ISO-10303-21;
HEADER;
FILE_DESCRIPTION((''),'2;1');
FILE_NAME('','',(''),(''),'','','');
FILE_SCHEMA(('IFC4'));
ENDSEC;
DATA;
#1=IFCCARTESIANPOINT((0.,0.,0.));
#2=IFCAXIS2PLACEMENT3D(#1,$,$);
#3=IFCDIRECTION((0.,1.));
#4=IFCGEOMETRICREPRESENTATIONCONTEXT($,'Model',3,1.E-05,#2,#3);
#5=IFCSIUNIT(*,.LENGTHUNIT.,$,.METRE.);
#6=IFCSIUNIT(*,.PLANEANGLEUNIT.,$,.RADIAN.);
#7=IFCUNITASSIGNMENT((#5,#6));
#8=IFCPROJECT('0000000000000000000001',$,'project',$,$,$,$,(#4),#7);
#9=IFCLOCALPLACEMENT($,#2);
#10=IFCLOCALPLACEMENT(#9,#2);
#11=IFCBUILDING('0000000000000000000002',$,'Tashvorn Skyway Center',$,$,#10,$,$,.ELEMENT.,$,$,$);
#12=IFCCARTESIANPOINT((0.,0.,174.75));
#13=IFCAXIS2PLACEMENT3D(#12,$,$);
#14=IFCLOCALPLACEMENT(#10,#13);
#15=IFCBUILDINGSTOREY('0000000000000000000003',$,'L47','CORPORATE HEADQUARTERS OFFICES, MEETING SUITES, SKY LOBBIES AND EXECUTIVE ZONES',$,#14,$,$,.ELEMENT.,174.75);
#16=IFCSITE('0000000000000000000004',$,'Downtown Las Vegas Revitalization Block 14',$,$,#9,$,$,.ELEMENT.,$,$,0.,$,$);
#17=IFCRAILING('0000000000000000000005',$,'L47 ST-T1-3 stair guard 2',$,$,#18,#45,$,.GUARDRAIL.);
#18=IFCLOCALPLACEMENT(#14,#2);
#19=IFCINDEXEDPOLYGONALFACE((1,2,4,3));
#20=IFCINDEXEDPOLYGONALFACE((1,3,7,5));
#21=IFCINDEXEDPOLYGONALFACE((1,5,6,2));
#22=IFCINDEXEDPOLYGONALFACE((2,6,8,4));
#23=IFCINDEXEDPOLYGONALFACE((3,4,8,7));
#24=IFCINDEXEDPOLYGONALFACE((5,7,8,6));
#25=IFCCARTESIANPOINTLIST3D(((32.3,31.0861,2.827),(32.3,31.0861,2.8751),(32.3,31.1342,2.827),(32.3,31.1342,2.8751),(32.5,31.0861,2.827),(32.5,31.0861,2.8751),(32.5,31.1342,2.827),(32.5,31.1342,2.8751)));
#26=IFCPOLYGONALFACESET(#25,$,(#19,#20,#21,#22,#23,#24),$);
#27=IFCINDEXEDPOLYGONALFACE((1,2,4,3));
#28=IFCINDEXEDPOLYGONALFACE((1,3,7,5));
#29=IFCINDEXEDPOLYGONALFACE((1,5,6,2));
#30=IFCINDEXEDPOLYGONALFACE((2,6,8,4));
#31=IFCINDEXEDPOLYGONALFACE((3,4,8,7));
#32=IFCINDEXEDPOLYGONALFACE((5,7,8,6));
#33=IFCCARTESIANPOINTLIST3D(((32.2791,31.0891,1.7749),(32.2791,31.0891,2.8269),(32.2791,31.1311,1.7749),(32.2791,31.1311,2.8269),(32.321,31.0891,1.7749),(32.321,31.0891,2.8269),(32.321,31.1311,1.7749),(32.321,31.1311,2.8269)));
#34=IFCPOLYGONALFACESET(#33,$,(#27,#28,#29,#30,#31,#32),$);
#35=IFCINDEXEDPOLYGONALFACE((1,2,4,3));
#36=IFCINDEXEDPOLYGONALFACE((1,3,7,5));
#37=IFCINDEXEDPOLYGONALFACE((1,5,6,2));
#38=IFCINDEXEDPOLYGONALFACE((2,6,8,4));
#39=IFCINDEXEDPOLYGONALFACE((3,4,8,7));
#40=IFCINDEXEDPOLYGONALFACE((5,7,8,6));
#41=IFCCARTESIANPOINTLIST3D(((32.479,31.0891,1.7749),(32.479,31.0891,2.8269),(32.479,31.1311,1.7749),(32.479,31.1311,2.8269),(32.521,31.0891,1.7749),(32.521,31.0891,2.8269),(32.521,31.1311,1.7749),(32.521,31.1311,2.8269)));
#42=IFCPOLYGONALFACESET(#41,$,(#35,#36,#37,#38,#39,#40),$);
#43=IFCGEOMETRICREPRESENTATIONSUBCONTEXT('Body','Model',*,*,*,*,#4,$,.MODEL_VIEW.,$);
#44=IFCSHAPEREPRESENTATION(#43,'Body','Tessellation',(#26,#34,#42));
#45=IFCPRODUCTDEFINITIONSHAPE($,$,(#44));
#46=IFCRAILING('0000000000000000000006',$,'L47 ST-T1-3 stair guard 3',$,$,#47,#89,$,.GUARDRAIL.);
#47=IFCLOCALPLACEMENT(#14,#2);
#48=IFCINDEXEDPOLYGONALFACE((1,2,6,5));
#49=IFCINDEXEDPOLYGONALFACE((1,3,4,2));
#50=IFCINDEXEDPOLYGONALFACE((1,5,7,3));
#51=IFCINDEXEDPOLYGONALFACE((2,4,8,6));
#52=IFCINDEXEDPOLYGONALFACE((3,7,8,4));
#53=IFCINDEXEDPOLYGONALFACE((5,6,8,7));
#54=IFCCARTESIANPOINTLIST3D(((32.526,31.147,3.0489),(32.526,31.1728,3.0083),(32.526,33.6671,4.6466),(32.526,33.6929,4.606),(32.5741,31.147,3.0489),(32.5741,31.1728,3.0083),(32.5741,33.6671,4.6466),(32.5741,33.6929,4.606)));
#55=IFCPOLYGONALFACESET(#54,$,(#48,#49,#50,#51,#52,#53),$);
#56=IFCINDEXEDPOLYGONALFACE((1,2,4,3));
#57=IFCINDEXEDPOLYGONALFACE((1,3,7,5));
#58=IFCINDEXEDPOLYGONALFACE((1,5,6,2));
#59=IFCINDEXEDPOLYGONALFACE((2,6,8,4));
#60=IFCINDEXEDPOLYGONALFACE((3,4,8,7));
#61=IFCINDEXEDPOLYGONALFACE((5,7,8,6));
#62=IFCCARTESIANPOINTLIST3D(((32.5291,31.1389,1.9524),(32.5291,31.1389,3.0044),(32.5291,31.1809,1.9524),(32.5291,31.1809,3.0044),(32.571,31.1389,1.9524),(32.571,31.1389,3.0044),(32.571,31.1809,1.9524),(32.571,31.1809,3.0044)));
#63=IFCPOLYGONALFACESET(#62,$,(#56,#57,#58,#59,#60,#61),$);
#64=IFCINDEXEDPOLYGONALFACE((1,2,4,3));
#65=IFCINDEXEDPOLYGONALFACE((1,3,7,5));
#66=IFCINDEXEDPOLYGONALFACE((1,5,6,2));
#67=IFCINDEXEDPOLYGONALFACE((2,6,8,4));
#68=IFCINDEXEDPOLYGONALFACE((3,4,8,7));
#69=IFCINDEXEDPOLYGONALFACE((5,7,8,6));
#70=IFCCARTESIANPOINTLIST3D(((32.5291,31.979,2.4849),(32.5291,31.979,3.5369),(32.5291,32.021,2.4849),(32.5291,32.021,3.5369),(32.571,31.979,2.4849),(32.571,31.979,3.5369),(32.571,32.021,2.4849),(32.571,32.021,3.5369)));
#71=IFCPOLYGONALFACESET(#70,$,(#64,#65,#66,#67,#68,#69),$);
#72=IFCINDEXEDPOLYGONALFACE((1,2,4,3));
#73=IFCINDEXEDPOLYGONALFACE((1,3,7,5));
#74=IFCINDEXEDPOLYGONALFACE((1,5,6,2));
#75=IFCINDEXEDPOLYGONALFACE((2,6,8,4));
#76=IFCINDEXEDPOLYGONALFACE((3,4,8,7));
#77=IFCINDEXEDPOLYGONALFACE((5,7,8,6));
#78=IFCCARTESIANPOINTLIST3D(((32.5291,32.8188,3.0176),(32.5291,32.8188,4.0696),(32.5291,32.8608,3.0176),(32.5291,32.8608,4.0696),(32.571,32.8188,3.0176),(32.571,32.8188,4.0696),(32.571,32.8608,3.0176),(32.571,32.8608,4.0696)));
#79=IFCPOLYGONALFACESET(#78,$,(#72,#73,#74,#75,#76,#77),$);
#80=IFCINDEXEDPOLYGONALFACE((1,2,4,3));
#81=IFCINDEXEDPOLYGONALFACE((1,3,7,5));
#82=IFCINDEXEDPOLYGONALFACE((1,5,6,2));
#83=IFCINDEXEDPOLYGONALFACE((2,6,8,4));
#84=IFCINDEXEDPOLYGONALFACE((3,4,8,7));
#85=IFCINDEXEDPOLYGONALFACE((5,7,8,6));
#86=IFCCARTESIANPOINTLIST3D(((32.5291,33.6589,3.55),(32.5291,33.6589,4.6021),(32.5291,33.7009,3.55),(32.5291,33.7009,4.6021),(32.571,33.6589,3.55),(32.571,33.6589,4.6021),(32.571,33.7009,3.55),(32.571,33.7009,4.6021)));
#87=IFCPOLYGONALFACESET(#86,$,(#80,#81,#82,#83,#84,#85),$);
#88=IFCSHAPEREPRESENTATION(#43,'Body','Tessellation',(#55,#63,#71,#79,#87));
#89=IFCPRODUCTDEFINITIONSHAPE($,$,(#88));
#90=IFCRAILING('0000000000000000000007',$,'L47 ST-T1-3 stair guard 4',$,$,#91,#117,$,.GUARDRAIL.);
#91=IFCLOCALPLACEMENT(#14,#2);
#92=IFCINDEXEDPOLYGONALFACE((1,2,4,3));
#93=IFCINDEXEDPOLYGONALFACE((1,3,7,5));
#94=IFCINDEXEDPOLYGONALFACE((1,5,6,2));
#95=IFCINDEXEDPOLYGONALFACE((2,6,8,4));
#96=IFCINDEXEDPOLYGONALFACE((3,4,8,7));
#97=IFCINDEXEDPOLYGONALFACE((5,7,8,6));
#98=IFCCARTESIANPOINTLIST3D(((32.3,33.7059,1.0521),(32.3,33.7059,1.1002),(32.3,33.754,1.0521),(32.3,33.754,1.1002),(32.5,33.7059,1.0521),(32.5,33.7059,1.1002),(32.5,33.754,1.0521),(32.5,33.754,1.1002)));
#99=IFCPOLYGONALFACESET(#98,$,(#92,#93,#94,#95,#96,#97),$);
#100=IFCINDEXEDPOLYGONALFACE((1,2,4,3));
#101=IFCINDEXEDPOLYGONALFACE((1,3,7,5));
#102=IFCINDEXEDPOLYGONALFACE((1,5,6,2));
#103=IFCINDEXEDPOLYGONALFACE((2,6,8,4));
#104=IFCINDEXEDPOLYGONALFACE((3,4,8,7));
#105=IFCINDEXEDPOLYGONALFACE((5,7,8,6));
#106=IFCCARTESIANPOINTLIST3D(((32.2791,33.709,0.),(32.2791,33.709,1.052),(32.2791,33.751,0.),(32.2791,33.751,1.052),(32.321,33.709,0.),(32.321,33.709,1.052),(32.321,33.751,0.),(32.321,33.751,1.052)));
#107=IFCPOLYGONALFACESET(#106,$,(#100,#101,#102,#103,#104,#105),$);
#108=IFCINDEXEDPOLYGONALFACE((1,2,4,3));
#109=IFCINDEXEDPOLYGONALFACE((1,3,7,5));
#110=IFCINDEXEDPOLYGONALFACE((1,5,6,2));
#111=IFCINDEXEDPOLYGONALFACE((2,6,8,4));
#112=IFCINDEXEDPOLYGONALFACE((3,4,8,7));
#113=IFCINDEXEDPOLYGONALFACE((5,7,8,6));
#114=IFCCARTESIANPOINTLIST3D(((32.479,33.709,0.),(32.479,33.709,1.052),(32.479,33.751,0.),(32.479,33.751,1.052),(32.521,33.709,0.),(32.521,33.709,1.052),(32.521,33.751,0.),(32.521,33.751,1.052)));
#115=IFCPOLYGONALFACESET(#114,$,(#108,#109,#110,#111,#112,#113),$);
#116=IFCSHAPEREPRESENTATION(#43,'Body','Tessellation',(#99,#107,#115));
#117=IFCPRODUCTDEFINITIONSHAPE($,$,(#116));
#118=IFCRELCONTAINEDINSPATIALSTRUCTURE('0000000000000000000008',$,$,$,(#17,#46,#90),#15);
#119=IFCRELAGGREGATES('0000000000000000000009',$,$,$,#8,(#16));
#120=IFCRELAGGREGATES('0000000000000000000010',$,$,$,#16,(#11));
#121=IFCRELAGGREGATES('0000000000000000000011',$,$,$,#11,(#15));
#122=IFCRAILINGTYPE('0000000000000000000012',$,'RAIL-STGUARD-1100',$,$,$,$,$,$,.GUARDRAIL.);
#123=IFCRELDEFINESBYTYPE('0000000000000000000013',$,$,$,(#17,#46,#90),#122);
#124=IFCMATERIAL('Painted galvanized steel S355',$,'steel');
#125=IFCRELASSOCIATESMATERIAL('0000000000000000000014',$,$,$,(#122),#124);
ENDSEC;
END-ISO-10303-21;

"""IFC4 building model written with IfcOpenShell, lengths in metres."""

from ifc_helpers import new_model, si_unit, direction, frame, origin, origin_2d, place, context, subcontext, project, spatial, rectangle, extrude, material, type_object, element, save


model = new_model("IFC4")

# Units and contexts
model_context = context("Model", 3, precision=1e-05, world=origin(), true_north=direction((0.0, 1.0)))
body_context = subcontext(model_context, "Body", "Model", "MODEL_VIEW")
ifc_project = project(units=[si_unit("LENGTHUNIT", "METRE"), si_unit("PLANEANGLEUNIT", "RADIAN")], contexts=[model_context])

# Site, building, storey
site_placement = place(None, origin())
site = spatial("IfcSite", under=ifc_project, at=site_placement, Name="Downtown Las Vegas Revitalization Block 14", CompositionType="ELEMENT", RefElevation=0.0)
building_placement = place(site_placement, origin())
building = spatial("IfcBuilding", under=site, at=building_placement, Name="Tashvorn Skyway Center", CompositionType="ELEMENT")
storey_placement = place(building_placement, frame((0.0, 0.0, 174.75)))
storey = spatial("IfcBuildingStorey", under=building, at=storey_placement, Name="L47", Description="CORPORATE HEADQUARTERS OFFICES, MEETING SUITES, SKY LOBBIES AND EXECUTIVE ZONES", CompositionType="ELEMENT", Elevation=174.75)

# Railings
ifc_material_1 = material(Name="Painted galvanized steel S355", Category="steel")
railing_type_1 = type_object("IfcRailingType", Name="RAIL-STGUARD-1100", PredefinedType="GUARDRAIL", material=ifc_material_1)
railing_1_placement = place(storey_placement, frame((32.3, 31.1101, 1.7749)))
element("IfcRailing", 1, at=railing_1_placement, inside=storey, type_object=railing_type_1, Name="L47 ST-T1-3 stair guard 2", PredefinedType="GUARDRAIL", context=body_context, shape_type="SweptSolid", body=[
    extrude(rectangle(XDim=0.0481, YDim=0.0481, at=origin_2d()), frame((0.0, 0.0, 1.0762), z_axis=(1.0, 0.0, 0.0), x_axis=(0.0, 1.0, 0.0)), (0.0, 0.0, 1.0), 0.2),
    extrude(rectangle(XDim=0.042, YDim=0.042, at=origin_2d()), origin(), (0.0, 0.0, 1.0), 1.052),
    extrude(rectangle(XDim=0.042, YDim=0.042, at=origin_2d()), frame((0.2, 0.0, 0.0)), (0.0, 0.0, 1.0), 1.052),
])
railing_2_placement = place(storey_placement, frame((32.55, 31.1599, 1.9524)))
element("IfcRailing", 2, at=railing_2_placement, inside=storey, type_object=railing_type_1, Name="L47 ST-T1-3 stair guard 3", PredefinedType="GUARDRAIL", context=body_context, shape_type="SweptSolid", body=[
    extrude(rectangle(XDim=0.0481, YDim=0.0481, at=origin_2d()), frame((0.0, 0.0, 1.0762), z_axis=(0.0, 0.84457, 0.535445), x_axis=(-1.0, 0.0, 0.0)), (0.0, 0.0, 1.0), 2.9839),
    extrude(rectangle(XDim=0.042, YDim=0.042, at=origin_2d()), origin(), (0.0, 0.0, 1.0), 1.052),
    extrude(rectangle(XDim=0.042, YDim=0.042, at=origin_2d()), frame((0.0, 0.8401, 0.5325)), (0.0, 0.0, 1.0), 1.052),
    extrude(rectangle(XDim=0.042, YDim=0.042, at=origin_2d()), frame((0.0, 1.6799, 1.0652)), (0.0, 0.0, 1.0), 1.052),
    extrude(rectangle(XDim=0.042, YDim=0.042, at=origin_2d()), frame((0.0, 2.52, 1.5977)), (0.0, 0.0, 1.0), 1.052),
])
railing_3_placement = place(storey_placement, frame((32.3, 33.73, 0.0)))
element("IfcRailing", 3, at=railing_3_placement, inside=storey, type_object=railing_type_1, Name="L47 ST-T1-3 stair guard 4", PredefinedType="GUARDRAIL", context=body_context, shape_type="SweptSolid", body=[
    extrude(rectangle(XDim=0.0481, YDim=0.0481, at=origin_2d()), frame((0.0, 0.0, 1.0762), z_axis=(1.0, 0.0, 0.0), x_axis=(0.0, 1.0, 0.0)), (0.0, 0.0, 1.0), 0.2),
    extrude(rectangle(XDim=0.042, YDim=0.042, at=origin_2d()), origin(), (0.0, 0.0, 1.0), 1.052),
    extrude(rectangle(XDim=0.042, YDim=0.042, at=origin_2d()), frame((0.2, 0.0, 0.0)), (0.0, 0.0, 1.0), 1.052),
])

save(model, "model.ifc")
